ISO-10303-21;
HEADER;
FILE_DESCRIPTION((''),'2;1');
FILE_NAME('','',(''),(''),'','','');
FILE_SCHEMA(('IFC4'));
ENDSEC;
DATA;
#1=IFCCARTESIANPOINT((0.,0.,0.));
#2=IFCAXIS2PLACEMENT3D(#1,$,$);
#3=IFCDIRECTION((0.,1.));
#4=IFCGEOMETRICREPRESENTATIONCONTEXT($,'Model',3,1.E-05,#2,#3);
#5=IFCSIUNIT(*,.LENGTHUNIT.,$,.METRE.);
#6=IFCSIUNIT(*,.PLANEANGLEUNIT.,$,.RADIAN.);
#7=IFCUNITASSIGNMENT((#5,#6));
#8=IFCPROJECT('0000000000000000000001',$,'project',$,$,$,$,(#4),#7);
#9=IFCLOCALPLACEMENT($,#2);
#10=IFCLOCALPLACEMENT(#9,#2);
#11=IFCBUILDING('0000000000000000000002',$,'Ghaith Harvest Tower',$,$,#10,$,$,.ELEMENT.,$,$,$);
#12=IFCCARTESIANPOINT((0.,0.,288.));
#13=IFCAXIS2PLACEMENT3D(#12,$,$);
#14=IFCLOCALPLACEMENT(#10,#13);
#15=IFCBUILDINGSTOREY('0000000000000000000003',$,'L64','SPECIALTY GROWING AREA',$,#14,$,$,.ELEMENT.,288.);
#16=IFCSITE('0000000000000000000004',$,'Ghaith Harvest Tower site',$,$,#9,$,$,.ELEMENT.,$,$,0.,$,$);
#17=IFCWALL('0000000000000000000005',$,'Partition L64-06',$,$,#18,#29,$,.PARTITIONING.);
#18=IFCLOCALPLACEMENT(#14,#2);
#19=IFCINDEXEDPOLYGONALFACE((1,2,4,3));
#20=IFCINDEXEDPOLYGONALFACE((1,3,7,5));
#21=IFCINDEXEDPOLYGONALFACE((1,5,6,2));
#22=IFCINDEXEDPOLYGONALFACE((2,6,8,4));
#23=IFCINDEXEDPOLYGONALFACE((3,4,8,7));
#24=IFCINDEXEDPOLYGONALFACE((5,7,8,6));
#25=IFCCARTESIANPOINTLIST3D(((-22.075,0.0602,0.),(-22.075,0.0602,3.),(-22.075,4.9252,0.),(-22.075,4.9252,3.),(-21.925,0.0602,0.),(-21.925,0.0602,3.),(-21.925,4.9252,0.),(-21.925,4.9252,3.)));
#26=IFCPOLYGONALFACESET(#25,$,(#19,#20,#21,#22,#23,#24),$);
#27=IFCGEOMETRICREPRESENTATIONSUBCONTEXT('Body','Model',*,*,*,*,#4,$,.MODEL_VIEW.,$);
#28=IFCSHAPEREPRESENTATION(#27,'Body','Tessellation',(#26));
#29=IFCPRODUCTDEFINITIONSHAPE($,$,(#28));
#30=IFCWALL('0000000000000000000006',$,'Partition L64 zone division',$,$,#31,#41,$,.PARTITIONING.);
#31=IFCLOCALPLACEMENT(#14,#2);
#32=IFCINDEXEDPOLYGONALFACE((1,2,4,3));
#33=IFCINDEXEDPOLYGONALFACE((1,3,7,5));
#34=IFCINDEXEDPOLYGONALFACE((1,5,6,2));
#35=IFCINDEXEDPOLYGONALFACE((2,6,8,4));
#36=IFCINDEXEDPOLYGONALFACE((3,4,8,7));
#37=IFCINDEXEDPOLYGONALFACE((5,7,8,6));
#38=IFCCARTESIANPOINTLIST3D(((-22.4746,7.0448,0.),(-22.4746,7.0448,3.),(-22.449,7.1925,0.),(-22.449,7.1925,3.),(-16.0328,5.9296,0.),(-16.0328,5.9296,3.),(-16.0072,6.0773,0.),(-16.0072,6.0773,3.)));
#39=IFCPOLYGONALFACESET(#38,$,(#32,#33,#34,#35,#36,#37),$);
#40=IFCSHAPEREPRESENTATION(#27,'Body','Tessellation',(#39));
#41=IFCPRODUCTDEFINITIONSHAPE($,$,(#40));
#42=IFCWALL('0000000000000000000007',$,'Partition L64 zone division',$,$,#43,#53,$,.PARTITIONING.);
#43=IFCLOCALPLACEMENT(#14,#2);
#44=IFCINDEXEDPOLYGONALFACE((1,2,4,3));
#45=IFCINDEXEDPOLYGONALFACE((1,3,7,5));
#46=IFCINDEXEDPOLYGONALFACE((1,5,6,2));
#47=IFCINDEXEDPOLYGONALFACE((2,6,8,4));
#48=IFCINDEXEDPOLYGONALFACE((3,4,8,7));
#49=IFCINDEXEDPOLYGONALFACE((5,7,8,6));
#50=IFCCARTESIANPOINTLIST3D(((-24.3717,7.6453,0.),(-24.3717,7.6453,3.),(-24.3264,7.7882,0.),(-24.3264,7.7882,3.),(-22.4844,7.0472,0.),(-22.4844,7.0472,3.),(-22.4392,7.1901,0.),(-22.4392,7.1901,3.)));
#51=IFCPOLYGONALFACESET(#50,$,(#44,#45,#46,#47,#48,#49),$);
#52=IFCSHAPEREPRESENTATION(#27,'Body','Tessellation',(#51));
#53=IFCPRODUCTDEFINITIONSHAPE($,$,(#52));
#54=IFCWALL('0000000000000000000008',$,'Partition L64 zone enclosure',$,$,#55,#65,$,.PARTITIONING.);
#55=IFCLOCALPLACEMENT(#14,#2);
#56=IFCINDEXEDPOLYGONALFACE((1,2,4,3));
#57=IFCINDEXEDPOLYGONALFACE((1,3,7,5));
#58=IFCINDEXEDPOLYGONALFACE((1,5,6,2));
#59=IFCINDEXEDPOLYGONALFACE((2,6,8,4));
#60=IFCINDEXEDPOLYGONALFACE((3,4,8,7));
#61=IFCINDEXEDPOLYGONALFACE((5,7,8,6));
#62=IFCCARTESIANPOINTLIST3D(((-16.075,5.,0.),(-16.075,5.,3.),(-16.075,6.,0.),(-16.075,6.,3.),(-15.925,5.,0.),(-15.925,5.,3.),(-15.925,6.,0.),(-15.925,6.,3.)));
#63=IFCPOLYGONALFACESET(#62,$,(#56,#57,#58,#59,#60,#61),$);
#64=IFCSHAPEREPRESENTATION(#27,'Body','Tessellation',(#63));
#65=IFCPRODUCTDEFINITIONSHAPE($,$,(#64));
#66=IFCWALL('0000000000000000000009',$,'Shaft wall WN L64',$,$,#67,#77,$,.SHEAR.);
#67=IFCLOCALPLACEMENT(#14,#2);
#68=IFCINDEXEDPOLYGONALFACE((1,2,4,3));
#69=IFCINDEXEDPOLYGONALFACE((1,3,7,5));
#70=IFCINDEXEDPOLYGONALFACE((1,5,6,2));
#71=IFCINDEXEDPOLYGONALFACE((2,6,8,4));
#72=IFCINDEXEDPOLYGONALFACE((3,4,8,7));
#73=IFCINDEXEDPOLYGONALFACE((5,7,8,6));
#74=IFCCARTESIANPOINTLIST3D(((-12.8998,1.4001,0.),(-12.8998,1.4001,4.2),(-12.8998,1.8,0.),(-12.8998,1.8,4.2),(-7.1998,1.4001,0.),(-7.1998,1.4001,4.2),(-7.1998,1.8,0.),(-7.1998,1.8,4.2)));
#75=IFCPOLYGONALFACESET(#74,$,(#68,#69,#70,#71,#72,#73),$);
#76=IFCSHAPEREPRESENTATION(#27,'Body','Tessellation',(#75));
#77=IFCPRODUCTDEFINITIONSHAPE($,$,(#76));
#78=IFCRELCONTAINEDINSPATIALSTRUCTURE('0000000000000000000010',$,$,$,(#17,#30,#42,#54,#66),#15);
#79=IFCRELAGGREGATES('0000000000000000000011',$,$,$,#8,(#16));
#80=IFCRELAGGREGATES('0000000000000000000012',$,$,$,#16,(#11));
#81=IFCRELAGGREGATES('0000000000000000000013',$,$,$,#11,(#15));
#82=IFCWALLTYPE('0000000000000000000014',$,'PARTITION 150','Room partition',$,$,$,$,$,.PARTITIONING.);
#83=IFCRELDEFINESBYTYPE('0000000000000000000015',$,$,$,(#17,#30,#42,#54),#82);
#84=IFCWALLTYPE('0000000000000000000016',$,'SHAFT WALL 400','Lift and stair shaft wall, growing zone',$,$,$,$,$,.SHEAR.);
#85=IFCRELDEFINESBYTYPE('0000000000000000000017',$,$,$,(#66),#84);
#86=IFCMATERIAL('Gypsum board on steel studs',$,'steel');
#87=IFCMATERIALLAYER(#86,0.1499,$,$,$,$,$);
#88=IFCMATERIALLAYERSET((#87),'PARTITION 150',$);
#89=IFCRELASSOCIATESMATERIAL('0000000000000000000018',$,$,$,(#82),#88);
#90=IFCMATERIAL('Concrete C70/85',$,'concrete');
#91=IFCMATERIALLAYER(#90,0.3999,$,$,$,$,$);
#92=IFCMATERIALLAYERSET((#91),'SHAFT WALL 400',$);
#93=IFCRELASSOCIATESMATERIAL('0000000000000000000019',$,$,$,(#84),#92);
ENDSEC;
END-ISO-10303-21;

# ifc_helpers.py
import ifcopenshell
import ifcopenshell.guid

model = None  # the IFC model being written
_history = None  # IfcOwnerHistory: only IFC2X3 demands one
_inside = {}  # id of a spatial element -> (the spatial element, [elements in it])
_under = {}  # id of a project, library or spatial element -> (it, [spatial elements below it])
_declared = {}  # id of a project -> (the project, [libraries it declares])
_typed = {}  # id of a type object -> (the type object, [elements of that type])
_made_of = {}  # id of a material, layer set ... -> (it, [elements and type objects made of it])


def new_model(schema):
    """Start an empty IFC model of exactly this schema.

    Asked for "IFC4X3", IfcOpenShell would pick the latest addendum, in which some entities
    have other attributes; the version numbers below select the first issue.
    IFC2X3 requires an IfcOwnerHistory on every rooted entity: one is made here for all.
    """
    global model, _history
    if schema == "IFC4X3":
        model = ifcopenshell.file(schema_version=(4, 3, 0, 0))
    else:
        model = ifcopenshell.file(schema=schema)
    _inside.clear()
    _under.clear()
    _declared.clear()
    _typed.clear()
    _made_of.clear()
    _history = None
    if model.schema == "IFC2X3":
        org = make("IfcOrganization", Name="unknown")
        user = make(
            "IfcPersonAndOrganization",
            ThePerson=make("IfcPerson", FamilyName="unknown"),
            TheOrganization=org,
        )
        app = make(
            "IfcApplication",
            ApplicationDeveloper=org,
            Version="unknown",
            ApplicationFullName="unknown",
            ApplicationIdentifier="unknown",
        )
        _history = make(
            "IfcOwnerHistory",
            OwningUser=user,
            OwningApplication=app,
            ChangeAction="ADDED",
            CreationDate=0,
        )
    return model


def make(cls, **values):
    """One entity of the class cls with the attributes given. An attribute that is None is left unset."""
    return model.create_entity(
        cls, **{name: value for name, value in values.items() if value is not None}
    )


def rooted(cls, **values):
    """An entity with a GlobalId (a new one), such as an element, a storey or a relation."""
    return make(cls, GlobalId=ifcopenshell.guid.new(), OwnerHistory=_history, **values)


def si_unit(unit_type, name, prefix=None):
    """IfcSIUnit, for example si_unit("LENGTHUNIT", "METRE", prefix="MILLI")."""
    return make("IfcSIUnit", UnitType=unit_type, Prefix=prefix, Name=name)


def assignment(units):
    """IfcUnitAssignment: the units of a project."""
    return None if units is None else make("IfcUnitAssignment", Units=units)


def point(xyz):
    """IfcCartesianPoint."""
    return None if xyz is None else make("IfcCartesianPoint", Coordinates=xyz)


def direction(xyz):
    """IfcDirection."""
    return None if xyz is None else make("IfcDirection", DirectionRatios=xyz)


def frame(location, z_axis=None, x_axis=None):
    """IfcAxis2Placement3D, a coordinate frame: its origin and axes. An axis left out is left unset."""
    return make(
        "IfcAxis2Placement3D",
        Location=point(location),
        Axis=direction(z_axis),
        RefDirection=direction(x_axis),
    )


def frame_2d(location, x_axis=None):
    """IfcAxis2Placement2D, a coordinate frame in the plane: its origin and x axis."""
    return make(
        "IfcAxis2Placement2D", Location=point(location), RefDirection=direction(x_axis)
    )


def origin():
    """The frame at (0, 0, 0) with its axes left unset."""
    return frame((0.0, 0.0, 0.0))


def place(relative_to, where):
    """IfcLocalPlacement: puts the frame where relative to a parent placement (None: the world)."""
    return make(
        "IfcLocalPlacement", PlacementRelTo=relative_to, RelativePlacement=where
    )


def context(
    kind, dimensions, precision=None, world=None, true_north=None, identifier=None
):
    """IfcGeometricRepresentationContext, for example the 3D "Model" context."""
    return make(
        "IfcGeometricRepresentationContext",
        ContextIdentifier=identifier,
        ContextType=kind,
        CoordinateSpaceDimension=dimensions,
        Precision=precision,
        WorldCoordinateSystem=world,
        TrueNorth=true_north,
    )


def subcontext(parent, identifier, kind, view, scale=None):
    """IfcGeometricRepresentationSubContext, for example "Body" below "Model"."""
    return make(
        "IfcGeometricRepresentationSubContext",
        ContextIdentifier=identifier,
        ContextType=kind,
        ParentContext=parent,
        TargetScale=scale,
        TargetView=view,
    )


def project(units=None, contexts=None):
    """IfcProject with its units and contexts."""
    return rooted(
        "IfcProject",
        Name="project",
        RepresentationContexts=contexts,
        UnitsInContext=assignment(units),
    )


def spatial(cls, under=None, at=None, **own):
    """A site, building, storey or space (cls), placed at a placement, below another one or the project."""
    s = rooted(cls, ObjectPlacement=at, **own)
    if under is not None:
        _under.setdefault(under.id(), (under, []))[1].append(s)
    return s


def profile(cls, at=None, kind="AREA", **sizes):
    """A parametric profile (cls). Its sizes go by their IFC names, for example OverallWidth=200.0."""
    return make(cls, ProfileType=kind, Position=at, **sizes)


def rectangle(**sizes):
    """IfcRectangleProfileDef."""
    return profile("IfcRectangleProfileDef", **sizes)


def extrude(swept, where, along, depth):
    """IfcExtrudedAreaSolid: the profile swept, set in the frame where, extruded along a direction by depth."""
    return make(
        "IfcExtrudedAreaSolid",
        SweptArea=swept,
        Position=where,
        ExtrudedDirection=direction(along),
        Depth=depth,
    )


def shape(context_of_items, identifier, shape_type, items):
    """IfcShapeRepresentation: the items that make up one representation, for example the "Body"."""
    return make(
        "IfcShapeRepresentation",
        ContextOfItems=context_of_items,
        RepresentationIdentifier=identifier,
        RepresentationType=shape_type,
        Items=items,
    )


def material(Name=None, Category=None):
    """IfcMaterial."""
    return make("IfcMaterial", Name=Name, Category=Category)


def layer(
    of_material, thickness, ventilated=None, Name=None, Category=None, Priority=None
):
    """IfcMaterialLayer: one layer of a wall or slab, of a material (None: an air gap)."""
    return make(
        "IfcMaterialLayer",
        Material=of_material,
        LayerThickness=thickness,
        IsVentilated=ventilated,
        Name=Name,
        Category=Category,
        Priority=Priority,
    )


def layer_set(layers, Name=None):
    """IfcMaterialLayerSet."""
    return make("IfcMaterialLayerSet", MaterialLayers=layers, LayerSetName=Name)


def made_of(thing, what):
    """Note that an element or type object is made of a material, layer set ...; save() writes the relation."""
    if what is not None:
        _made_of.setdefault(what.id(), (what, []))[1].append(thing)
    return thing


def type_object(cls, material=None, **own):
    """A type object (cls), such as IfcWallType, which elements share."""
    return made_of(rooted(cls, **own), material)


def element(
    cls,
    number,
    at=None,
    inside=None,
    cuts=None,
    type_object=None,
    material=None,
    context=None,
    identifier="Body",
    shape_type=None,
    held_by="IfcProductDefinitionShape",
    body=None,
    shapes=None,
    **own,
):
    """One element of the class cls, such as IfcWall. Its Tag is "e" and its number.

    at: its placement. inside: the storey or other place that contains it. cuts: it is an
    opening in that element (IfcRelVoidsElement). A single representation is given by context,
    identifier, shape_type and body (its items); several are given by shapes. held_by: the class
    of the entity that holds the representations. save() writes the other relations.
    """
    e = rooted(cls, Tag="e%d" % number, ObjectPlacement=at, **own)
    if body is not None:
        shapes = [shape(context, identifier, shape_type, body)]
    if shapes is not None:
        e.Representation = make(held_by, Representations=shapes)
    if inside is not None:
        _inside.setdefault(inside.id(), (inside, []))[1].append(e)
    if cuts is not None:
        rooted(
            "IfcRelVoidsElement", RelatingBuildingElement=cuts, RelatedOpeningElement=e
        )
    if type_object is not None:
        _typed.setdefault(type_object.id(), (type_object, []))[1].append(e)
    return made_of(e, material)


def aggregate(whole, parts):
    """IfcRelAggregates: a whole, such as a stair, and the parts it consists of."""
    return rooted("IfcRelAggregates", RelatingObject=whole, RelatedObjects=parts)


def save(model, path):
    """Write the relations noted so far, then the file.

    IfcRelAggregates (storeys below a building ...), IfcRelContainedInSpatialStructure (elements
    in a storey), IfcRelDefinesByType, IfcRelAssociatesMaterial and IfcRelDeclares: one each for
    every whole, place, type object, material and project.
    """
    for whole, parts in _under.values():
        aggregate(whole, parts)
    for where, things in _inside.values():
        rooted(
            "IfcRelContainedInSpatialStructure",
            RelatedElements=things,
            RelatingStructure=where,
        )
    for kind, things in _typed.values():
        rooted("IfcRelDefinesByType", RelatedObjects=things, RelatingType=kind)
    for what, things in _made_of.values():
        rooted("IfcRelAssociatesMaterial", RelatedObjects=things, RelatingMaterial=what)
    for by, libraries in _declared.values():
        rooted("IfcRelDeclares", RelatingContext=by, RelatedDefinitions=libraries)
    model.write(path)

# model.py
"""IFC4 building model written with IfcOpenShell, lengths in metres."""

from ifc_helpers import new_model, si_unit, direction, frame, frame_2d, origin, place, context, subcontext, project, spatial, rectangle, extrude, material, layer, layer_set, type_object, element, save


model = new_model("IFC4")

# Units and contexts
model_context = context("Model", 3, precision=1e-05, world=origin(), true_north=direction((0.0, 1.0)))
body_context = subcontext(model_context, "Body", "Model", "MODEL_VIEW")
ifc_project = project(units=[si_unit("LENGTHUNIT", "METRE"), si_unit("PLANEANGLEUNIT", "RADIAN")], contexts=[model_context])

# Site, building, storey
site_placement = place(None, origin())
site = spatial("IfcSite", under=ifc_project, at=site_placement, Name="Ghaith Harvest Tower site", CompositionType="ELEMENT", RefElevation=0.0)
building_placement = place(site_placement, origin())
building = spatial("IfcBuilding", under=site, at=building_placement, Name="Ghaith Harvest Tower", CompositionType="ELEMENT")
storey_placement = place(building_placement, frame((0.0, 0.0, 288.0)))
storey = spatial("IfcBuildingStorey", under=building, at=storey_placement, Name="L64", Description="SPECIALTY GROWING AREA", CompositionType="ELEMENT", Elevation=288.0)

# Shared definitions
ifc_material_1 = material(Name="Gypsum board on steel studs", Category="steel")
ifc_layer_1 = layer(ifc_material_1, 0.1499)
ifc_layer_set_1 = layer_set([ifc_layer_1], Name="PARTITION 150")
wall_type_1 = type_object("IfcWallType", Name="PARTITION 150", Description="Room partition", PredefinedType="PARTITIONING", material=ifc_layer_set_1)

# Walls
wall_1_placement = place(storey_placement, frame((-22.0, 0.0601, 0.0), z_axis=(0.0, 0.0, 1.0), x_axis=(0.0, 1.0, 0.0)))
element("IfcWall", 1, at=wall_1_placement, inside=storey, type_object=wall_type_1, Name="Partition L64-06", PredefinedType="PARTITIONING", context=body_context, shape_type="SweptSolid", body=[
    extrude(rectangle(XDim=4.865, YDim=0.1499, at=frame_2d((2.4326, 0.0))), origin(), (0.0, 0.0, 1.0), 3.0),
])
wall_2_placement = place(storey_placement, frame((-16.02, 6.0034, 0.0), z_axis=(0.0, 0.0, 1.0), x_axis=(-0.985343, 0.170585, 0.0)))
element("IfcWall", 2, at=wall_2_placement, inside=storey, type_object=wall_type_1, Name="Partition L64 zone division", PredefinedType="PARTITIONING", context=body_context, shape_type="SweptSolid", body=[
    extrude(rectangle(XDim=6.5376, YDim=0.1499, at=frame_2d((3.2688, 0.0))), origin(), (0.0, 0.0, 1.0), 3.0),
])
wall_3_placement = place(storey_placement, frame((-22.4619, 7.1187, 0.0), z_axis=(0.0, 0.0, 1.0), x_axis=(-0.953265, 0.302135, 0.0)))
element("IfcWall", 3, at=wall_3_placement, inside=storey, type_object=wall_type_1, Name="Partition L64 zone division", PredefinedType="PARTITIONING", context=body_context, shape_type="SweptSolid", body=[
    extrude(rectangle(XDim=1.9797, YDim=0.1499, at=frame_2d((0.9897, 0.0))), origin(), (0.0, 0.0, 1.0), 3.0),
])
wall_4_placement = place(storey_placement, frame((-16.0, 6.0, 0.0), z_axis=(0.0, 0.0, 1.0), x_axis=(0.0, -1.0, 0.0)))
element("IfcWall", 4, at=wall_4_placement, inside=storey, type_object=wall_type_1, Name="Partition L64 zone enclosure", PredefinedType="PARTITIONING", context=body_context, shape_type="SweptSolid", body=[
    extrude(rectangle(XDim=1.0, YDim=0.1499, at=frame_2d((0.5, 0.0))), origin(), (0.0, 0.0, 1.0), 3.0),
])
ifc_material_2 = material(Name="Concrete C70/85", Category="concrete")
ifc_layer_2 = layer(ifc_material_2, 0.3999)
ifc_layer_set_2 = layer_set([ifc_layer_2], Name="SHAFT WALL 400")
wall_type_2 = type_object("IfcWallType", Name="SHAFT WALL 400", Description="Lift and stair shaft wall, growing zone", PredefinedType="SHEAR", material=ifc_layer_set_2)
wall_5_placement = place(storey_placement, frame((-12.8999, 1.6001, 0.0), z_axis=(0.0, 0.0, 1.0), x_axis=(1.0, 0.0, 0.0)))
element("IfcWall", 5, at=wall_5_placement, inside=storey, type_object=wall_type_2, Name="Shaft wall WN L64", PredefinedType="SHEAR", context=body_context, shape_type="SweptSolid", body=[
    extrude(rectangle(XDim=5.7, YDim=0.3999, at=frame_2d((2.8501, 0.0))), origin(), (0.0, 0.0, 1.0), 4.2),
])

save(model, "model.ifc")
